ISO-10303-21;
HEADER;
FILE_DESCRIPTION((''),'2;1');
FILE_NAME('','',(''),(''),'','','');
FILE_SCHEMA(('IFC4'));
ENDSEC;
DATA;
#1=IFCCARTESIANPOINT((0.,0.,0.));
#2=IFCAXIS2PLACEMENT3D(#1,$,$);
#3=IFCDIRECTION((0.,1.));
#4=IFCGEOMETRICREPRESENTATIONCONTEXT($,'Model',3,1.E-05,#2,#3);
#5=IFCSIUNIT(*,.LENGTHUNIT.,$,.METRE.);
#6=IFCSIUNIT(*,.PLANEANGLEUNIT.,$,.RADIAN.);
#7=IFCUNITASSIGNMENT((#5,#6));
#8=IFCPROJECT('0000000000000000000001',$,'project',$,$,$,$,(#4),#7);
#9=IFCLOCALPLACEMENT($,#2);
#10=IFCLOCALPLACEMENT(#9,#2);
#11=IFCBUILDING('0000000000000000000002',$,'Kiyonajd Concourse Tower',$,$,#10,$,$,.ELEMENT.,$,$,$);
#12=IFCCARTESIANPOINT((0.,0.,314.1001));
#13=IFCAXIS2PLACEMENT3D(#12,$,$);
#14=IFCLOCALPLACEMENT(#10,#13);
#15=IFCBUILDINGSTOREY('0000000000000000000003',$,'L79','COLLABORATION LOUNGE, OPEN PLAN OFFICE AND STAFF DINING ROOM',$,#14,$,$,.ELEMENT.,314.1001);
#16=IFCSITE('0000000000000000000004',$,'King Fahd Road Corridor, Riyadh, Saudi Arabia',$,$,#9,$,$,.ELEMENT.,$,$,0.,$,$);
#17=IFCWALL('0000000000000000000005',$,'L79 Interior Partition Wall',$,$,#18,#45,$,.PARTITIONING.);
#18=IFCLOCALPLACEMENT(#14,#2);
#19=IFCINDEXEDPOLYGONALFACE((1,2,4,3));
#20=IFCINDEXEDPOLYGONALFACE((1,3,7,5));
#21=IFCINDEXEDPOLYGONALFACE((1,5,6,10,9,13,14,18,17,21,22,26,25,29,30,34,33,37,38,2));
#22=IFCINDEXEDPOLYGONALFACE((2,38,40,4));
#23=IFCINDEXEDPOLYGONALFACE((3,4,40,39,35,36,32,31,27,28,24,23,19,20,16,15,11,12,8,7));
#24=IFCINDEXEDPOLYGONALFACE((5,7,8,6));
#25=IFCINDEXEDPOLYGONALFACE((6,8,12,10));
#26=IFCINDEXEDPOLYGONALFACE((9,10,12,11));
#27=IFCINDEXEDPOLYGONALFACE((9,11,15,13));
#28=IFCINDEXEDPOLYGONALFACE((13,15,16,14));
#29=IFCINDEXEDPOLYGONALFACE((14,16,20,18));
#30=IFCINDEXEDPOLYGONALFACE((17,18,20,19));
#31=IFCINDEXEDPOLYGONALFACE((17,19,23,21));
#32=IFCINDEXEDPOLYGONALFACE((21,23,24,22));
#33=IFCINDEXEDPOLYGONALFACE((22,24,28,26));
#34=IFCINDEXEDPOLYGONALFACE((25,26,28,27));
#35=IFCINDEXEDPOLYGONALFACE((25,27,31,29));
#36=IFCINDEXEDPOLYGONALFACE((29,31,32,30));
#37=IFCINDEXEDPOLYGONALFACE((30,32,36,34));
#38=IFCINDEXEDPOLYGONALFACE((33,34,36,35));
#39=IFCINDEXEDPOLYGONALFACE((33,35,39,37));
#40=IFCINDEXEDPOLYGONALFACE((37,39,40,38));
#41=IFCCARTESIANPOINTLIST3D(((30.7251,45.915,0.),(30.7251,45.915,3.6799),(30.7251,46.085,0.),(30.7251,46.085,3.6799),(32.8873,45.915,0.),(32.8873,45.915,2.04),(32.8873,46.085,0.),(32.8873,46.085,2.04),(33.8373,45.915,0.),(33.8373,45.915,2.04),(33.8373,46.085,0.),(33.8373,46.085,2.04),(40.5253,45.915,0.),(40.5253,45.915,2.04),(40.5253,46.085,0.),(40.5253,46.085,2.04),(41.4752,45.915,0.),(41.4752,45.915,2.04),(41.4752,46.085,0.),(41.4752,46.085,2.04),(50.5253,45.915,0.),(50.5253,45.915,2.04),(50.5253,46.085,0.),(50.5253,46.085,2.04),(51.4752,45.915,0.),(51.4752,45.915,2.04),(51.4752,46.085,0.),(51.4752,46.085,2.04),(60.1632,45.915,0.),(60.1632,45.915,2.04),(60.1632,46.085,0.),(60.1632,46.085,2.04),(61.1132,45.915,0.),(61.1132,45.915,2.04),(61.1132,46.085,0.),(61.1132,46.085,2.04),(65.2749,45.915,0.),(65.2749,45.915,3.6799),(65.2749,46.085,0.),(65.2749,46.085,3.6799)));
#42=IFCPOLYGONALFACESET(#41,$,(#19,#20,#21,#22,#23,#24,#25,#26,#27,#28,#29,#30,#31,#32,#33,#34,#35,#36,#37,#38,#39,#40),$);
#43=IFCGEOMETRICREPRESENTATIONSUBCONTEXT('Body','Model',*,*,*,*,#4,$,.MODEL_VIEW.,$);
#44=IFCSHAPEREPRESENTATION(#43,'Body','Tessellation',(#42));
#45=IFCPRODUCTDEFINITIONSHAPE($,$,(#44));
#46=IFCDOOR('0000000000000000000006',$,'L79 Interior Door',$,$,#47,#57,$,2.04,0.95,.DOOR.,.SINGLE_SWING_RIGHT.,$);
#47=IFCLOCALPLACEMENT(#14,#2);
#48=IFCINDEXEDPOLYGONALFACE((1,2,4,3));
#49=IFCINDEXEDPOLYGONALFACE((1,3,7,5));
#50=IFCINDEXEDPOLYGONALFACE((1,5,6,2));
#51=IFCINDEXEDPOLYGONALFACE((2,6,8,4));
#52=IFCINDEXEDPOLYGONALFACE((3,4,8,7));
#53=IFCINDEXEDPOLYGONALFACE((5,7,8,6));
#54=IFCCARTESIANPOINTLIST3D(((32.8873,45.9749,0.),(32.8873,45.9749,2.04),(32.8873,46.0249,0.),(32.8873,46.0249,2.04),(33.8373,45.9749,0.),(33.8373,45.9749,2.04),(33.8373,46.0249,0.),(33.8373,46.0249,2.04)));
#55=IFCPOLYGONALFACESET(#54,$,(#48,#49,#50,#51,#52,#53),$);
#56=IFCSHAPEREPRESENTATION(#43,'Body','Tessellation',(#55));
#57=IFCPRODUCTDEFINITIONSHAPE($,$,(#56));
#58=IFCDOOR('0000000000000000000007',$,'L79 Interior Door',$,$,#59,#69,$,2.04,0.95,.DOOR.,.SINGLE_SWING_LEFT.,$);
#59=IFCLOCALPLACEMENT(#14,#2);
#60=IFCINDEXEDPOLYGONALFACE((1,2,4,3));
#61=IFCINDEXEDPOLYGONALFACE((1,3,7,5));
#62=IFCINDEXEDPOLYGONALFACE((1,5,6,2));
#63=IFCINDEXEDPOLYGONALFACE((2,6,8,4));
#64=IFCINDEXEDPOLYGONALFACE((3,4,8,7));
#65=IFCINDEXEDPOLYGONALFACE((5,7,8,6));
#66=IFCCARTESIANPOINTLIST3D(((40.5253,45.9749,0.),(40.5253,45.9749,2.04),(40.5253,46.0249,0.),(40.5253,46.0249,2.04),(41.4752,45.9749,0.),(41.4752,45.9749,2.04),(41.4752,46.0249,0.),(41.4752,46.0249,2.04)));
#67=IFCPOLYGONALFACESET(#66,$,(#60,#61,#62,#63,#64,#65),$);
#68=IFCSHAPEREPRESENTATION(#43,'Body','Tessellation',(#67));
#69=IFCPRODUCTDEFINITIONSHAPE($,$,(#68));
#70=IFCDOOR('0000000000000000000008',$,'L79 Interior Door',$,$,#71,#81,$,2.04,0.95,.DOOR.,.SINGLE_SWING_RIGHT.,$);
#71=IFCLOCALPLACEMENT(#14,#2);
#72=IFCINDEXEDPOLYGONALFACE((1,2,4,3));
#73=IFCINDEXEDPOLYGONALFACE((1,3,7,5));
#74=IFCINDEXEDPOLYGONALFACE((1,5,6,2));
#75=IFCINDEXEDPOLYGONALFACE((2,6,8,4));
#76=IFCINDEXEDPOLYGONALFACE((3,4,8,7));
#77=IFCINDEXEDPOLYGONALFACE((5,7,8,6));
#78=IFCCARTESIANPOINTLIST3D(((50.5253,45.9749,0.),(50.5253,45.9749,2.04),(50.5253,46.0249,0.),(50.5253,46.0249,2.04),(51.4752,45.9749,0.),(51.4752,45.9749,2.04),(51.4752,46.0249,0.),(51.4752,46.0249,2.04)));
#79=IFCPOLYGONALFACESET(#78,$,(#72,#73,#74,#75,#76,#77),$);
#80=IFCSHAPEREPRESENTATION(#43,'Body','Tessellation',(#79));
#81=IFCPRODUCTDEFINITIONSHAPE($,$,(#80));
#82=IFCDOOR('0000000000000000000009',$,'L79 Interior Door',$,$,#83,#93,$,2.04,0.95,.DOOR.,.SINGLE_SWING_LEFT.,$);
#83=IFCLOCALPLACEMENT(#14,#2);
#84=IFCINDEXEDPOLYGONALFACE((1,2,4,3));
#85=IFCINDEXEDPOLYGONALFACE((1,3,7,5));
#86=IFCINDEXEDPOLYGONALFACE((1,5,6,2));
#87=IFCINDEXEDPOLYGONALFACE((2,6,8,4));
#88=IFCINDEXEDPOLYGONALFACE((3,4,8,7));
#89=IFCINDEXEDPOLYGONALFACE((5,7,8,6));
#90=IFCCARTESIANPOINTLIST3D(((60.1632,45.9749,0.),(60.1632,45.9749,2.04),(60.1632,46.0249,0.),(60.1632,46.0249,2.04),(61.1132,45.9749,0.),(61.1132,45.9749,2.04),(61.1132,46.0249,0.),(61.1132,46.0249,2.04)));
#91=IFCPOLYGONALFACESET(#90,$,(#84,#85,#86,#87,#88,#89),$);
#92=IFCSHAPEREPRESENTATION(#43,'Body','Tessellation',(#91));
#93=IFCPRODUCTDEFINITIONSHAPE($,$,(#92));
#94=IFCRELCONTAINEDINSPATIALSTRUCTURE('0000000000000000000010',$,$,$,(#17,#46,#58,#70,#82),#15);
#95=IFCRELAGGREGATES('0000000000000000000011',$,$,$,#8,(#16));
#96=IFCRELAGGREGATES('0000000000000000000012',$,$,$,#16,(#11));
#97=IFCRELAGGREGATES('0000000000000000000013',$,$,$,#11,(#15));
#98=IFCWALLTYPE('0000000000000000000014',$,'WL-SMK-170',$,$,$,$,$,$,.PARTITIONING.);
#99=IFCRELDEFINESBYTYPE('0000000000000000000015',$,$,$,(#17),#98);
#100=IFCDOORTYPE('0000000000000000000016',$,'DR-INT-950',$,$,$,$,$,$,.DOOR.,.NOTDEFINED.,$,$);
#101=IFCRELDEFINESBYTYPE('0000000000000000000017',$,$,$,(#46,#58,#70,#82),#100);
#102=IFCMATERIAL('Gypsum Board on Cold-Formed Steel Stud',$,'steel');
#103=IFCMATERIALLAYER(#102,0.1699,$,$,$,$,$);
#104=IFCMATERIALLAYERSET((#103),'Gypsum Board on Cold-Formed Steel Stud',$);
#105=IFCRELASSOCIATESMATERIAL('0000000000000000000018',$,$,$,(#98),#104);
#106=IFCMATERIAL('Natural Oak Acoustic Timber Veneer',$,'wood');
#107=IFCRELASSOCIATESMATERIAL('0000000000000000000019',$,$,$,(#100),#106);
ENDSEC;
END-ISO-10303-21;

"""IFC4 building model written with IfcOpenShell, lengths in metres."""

from ifc_helpers import new_model, si_unit, direction, frame, frame_2d, origin, place, context, subcontext, project, spatial, rectangle, extrude, material, layer, layer_set, type_object, element, fill, save


model = new_model("IFC4")

# Units and contexts
model_context = context("Model", 3, precision=1e-05, world=origin(), true_north=direction((0.0, 1.0)))
body_context = subcontext(model_context, "Body", "Model", "MODEL_VIEW")
ifc_project = project(units=[si_unit("LENGTHUNIT", "METRE"), si_unit("PLANEANGLEUNIT", "RADIAN")], contexts=[model_context])

# Site, building, storey
site_placement = place(None, origin())
site = spatial("IfcSite", under=ifc_project, at=site_placement, Name="King Fahd Road Corridor, Riyadh, Saudi Arabia", CompositionType="ELEMENT", RefElevation=0.0)
building_placement = place(site_placement, origin())
building = spatial("IfcBuilding", under=site, at=building_placement, Name="Kiyonajd Concourse Tower", CompositionType="ELEMENT")
storey_placement = place(building_placement, frame((0.0, 0.0, 314.1001)))
storey = spatial("IfcBuildingStorey", under=building, at=storey_placement, Name="L79", Description="COLLABORATION LOUNGE, OPEN PLAN OFFICE AND STAFF DINING ROOM", CompositionType="ELEMENT", Elevation=314.1001)

# Wall, openings, doors
ifc_material_1 = material(Name="Gypsum Board on Cold-Formed Steel Stud", Category="steel")
ifc_layer_1 = layer(ifc_material_1, 0.1699)
ifc_layer_set_1 = layer_set([ifc_layer_1], Name="Gypsum Board on Cold-Formed Steel Stud")
wall_type_1 = type_object("IfcWallType", Name="WL-SMK-170", PredefinedType="PARTITIONING", material=ifc_layer_set_1)
wall_1_placement = place(storey_placement, frame((30.7251, 46.0, 0.0), z_axis=(0.0, 0.0, 1.0), x_axis=(1.0, 0.0, 0.0)))
wall_1 = element("IfcWall", 1, at=wall_1_placement, inside=storey, type_object=wall_type_1, Name="L79 Interior Partition Wall", PredefinedType="PARTITIONING", context=body_context, shape_type="SweptSolid", body=[
    extrude(rectangle(XDim=34.5498, YDim=0.1699, at=frame_2d((17.2749, 0.0))), origin(), (0.0, 0.0, 1.0), 3.6799),
])
opening_1_placement = place(wall_1_placement, frame((2.1621, 0.0, 0.0)))
opening_1 = element("IfcOpeningElement", 2, at=opening_1_placement, cuts=wall_1, PredefinedType="OPENING", context=body_context, shape_type="SweptSolid", body=[
    extrude(rectangle(XDim=0.95, YDim=2.04, at=frame_2d((0.4751, 1.02))), frame((0.0, 0.095, 0.0), z_axis=(0.0, -1.0, 0.0), x_axis=(1.0, 0.0, 0.0)), (0.0, 0.0, 1.0), 0.1899),
])
opening_2_placement = place(wall_1_placement, frame((9.8, 0.0, 0.0)))
opening_2 = element("IfcOpeningElement", 3, at=opening_2_placement, cuts=wall_1, PredefinedType="OPENING", context=body_context, shape_type="SweptSolid", body=[
    extrude(rectangle(XDim=0.95, YDim=2.04, at=frame_2d((0.4751, 1.02))), frame((0.0, 0.095, 0.0), z_axis=(0.0, -1.0, 0.0), x_axis=(1.0, 0.0, 0.0)), (0.0, 0.0, 1.0), 0.1899),
])
opening_3_placement = place(wall_1_placement, frame((19.8, 0.0, 0.0)))
opening_3 = element("IfcOpeningElement", 4, at=opening_3_placement, cuts=wall_1, PredefinedType="OPENING", context=body_context, shape_type="SweptSolid", body=[
    extrude(rectangle(XDim=0.95, YDim=2.04, at=frame_2d((0.4751, 1.02))), frame((0.0, 0.095, 0.0), z_axis=(0.0, -1.0, 0.0), x_axis=(1.0, 0.0, 0.0)), (0.0, 0.0, 1.0), 0.1899),
])
opening_4_placement = place(wall_1_placement, frame((29.438, 0.0, 0.0)))
opening_4 = element("IfcOpeningElement", 5, at=opening_4_placement, cuts=wall_1, PredefinedType="OPENING", context=body_context, shape_type="SweptSolid", body=[
    extrude(rectangle(XDim=0.95, YDim=2.04, at=frame_2d((0.4751, 1.02))), frame((0.0, 0.095, 0.0), z_axis=(0.0, -1.0, 0.0), x_axis=(1.0, 0.0, 0.0)), (0.0, 0.0, 1.0), 0.1899),
])
ifc_material_2 = material(Name="Natural Oak Acoustic Timber Veneer", Category="wood")
door_type = type_object("IfcDoorType", Name="DR-INT-950", OperationType="NOTDEFINED", PredefinedType="DOOR", material=ifc_material_2)
door_1_placement = place(opening_1_placement, origin())
door_1 = element("IfcDoor", 6, at=door_1_placement, inside=storey, type_object=door_type, Name="L79 Interior Door", OperationType="SINGLE_SWING_RIGHT", OverallHeight=2.04, OverallWidth=0.95, PredefinedType="DOOR", context=body_context, shape_type="SweptSolid", body=[
    extrude(rectangle(XDim=0.95, YDim=2.04, at=frame_2d((0.4751, 1.02))), frame((0.0, 0.0249, 0.0), z_axis=(0.0, -1.0, 0.0), x_axis=(1.0, 0.0, 0.0)), (0.0, 0.0, 1.0), 0.05),
])
fill(opening_1, door_1)
door_2_placement = place(opening_2_placement, origin())
door_2 = element("IfcDoor", 7, at=door_2_placement, inside=storey, type_object=door_type, Name="L79 Interior Door", OperationType="SINGLE_SWING_LEFT", OverallHeight=2.04, OverallWidth=0.95, PredefinedType="DOOR", context=body_context, shape_type="SweptSolid", body=[
    extrude(rectangle(XDim=0.95, YDim=2.04, at=frame_2d((0.4751, 1.02))), frame((0.0, 0.0249, 0.0), z_axis=(0.0, -1.0, 0.0), x_axis=(1.0, 0.0, 0.0)), (0.0, 0.0, 1.0), 0.05),
])
fill(opening_2, door_2)
door_3_placement = place(opening_3_placement, origin())
door_3 = element("IfcDoor", 8, at=door_3_placement, inside=storey, type_object=door_type, Name="L79 Interior Door", OperationType="SINGLE_SWING_RIGHT", OverallHeight=2.04, OverallWidth=0.95, PredefinedType="DOOR", context=body_context, shape_type="SweptSolid", body=[
    extrude(rectangle(XDim=0.95, YDim=2.04, at=frame_2d((0.4751, 1.02))), frame((0.0, 0.0249, 0.0), z_axis=(0.0, -1.0, 0.0), x_axis=(1.0, 0.0, 0.0)), (0.0, 0.0, 1.0), 0.05),
])
fill(opening_3, door_3)
door_4_placement = place(opening_4_placement, origin())
door_4 = element("IfcDoor", 9, at=door_4_placement, inside=storey, type_object=door_type, Name="L79 Interior Door", OperationType="SINGLE_SWING_LEFT", OverallHeight=2.04, OverallWidth=0.95, PredefinedType="DOOR", context=body_context, shape_type="SweptSolid", body=[
    extrude(rectangle(XDim=0.95, YDim=2.04, at=frame_2d((0.4751, 1.02))), frame((0.0, 0.0249, 0.0), z_axis=(0.0, -1.0, 0.0), x_axis=(1.0, 0.0, 0.0)), (0.0, 0.0, 1.0), 0.05),
])
fill(opening_4, door_4)

save(model, "model.ifc")
